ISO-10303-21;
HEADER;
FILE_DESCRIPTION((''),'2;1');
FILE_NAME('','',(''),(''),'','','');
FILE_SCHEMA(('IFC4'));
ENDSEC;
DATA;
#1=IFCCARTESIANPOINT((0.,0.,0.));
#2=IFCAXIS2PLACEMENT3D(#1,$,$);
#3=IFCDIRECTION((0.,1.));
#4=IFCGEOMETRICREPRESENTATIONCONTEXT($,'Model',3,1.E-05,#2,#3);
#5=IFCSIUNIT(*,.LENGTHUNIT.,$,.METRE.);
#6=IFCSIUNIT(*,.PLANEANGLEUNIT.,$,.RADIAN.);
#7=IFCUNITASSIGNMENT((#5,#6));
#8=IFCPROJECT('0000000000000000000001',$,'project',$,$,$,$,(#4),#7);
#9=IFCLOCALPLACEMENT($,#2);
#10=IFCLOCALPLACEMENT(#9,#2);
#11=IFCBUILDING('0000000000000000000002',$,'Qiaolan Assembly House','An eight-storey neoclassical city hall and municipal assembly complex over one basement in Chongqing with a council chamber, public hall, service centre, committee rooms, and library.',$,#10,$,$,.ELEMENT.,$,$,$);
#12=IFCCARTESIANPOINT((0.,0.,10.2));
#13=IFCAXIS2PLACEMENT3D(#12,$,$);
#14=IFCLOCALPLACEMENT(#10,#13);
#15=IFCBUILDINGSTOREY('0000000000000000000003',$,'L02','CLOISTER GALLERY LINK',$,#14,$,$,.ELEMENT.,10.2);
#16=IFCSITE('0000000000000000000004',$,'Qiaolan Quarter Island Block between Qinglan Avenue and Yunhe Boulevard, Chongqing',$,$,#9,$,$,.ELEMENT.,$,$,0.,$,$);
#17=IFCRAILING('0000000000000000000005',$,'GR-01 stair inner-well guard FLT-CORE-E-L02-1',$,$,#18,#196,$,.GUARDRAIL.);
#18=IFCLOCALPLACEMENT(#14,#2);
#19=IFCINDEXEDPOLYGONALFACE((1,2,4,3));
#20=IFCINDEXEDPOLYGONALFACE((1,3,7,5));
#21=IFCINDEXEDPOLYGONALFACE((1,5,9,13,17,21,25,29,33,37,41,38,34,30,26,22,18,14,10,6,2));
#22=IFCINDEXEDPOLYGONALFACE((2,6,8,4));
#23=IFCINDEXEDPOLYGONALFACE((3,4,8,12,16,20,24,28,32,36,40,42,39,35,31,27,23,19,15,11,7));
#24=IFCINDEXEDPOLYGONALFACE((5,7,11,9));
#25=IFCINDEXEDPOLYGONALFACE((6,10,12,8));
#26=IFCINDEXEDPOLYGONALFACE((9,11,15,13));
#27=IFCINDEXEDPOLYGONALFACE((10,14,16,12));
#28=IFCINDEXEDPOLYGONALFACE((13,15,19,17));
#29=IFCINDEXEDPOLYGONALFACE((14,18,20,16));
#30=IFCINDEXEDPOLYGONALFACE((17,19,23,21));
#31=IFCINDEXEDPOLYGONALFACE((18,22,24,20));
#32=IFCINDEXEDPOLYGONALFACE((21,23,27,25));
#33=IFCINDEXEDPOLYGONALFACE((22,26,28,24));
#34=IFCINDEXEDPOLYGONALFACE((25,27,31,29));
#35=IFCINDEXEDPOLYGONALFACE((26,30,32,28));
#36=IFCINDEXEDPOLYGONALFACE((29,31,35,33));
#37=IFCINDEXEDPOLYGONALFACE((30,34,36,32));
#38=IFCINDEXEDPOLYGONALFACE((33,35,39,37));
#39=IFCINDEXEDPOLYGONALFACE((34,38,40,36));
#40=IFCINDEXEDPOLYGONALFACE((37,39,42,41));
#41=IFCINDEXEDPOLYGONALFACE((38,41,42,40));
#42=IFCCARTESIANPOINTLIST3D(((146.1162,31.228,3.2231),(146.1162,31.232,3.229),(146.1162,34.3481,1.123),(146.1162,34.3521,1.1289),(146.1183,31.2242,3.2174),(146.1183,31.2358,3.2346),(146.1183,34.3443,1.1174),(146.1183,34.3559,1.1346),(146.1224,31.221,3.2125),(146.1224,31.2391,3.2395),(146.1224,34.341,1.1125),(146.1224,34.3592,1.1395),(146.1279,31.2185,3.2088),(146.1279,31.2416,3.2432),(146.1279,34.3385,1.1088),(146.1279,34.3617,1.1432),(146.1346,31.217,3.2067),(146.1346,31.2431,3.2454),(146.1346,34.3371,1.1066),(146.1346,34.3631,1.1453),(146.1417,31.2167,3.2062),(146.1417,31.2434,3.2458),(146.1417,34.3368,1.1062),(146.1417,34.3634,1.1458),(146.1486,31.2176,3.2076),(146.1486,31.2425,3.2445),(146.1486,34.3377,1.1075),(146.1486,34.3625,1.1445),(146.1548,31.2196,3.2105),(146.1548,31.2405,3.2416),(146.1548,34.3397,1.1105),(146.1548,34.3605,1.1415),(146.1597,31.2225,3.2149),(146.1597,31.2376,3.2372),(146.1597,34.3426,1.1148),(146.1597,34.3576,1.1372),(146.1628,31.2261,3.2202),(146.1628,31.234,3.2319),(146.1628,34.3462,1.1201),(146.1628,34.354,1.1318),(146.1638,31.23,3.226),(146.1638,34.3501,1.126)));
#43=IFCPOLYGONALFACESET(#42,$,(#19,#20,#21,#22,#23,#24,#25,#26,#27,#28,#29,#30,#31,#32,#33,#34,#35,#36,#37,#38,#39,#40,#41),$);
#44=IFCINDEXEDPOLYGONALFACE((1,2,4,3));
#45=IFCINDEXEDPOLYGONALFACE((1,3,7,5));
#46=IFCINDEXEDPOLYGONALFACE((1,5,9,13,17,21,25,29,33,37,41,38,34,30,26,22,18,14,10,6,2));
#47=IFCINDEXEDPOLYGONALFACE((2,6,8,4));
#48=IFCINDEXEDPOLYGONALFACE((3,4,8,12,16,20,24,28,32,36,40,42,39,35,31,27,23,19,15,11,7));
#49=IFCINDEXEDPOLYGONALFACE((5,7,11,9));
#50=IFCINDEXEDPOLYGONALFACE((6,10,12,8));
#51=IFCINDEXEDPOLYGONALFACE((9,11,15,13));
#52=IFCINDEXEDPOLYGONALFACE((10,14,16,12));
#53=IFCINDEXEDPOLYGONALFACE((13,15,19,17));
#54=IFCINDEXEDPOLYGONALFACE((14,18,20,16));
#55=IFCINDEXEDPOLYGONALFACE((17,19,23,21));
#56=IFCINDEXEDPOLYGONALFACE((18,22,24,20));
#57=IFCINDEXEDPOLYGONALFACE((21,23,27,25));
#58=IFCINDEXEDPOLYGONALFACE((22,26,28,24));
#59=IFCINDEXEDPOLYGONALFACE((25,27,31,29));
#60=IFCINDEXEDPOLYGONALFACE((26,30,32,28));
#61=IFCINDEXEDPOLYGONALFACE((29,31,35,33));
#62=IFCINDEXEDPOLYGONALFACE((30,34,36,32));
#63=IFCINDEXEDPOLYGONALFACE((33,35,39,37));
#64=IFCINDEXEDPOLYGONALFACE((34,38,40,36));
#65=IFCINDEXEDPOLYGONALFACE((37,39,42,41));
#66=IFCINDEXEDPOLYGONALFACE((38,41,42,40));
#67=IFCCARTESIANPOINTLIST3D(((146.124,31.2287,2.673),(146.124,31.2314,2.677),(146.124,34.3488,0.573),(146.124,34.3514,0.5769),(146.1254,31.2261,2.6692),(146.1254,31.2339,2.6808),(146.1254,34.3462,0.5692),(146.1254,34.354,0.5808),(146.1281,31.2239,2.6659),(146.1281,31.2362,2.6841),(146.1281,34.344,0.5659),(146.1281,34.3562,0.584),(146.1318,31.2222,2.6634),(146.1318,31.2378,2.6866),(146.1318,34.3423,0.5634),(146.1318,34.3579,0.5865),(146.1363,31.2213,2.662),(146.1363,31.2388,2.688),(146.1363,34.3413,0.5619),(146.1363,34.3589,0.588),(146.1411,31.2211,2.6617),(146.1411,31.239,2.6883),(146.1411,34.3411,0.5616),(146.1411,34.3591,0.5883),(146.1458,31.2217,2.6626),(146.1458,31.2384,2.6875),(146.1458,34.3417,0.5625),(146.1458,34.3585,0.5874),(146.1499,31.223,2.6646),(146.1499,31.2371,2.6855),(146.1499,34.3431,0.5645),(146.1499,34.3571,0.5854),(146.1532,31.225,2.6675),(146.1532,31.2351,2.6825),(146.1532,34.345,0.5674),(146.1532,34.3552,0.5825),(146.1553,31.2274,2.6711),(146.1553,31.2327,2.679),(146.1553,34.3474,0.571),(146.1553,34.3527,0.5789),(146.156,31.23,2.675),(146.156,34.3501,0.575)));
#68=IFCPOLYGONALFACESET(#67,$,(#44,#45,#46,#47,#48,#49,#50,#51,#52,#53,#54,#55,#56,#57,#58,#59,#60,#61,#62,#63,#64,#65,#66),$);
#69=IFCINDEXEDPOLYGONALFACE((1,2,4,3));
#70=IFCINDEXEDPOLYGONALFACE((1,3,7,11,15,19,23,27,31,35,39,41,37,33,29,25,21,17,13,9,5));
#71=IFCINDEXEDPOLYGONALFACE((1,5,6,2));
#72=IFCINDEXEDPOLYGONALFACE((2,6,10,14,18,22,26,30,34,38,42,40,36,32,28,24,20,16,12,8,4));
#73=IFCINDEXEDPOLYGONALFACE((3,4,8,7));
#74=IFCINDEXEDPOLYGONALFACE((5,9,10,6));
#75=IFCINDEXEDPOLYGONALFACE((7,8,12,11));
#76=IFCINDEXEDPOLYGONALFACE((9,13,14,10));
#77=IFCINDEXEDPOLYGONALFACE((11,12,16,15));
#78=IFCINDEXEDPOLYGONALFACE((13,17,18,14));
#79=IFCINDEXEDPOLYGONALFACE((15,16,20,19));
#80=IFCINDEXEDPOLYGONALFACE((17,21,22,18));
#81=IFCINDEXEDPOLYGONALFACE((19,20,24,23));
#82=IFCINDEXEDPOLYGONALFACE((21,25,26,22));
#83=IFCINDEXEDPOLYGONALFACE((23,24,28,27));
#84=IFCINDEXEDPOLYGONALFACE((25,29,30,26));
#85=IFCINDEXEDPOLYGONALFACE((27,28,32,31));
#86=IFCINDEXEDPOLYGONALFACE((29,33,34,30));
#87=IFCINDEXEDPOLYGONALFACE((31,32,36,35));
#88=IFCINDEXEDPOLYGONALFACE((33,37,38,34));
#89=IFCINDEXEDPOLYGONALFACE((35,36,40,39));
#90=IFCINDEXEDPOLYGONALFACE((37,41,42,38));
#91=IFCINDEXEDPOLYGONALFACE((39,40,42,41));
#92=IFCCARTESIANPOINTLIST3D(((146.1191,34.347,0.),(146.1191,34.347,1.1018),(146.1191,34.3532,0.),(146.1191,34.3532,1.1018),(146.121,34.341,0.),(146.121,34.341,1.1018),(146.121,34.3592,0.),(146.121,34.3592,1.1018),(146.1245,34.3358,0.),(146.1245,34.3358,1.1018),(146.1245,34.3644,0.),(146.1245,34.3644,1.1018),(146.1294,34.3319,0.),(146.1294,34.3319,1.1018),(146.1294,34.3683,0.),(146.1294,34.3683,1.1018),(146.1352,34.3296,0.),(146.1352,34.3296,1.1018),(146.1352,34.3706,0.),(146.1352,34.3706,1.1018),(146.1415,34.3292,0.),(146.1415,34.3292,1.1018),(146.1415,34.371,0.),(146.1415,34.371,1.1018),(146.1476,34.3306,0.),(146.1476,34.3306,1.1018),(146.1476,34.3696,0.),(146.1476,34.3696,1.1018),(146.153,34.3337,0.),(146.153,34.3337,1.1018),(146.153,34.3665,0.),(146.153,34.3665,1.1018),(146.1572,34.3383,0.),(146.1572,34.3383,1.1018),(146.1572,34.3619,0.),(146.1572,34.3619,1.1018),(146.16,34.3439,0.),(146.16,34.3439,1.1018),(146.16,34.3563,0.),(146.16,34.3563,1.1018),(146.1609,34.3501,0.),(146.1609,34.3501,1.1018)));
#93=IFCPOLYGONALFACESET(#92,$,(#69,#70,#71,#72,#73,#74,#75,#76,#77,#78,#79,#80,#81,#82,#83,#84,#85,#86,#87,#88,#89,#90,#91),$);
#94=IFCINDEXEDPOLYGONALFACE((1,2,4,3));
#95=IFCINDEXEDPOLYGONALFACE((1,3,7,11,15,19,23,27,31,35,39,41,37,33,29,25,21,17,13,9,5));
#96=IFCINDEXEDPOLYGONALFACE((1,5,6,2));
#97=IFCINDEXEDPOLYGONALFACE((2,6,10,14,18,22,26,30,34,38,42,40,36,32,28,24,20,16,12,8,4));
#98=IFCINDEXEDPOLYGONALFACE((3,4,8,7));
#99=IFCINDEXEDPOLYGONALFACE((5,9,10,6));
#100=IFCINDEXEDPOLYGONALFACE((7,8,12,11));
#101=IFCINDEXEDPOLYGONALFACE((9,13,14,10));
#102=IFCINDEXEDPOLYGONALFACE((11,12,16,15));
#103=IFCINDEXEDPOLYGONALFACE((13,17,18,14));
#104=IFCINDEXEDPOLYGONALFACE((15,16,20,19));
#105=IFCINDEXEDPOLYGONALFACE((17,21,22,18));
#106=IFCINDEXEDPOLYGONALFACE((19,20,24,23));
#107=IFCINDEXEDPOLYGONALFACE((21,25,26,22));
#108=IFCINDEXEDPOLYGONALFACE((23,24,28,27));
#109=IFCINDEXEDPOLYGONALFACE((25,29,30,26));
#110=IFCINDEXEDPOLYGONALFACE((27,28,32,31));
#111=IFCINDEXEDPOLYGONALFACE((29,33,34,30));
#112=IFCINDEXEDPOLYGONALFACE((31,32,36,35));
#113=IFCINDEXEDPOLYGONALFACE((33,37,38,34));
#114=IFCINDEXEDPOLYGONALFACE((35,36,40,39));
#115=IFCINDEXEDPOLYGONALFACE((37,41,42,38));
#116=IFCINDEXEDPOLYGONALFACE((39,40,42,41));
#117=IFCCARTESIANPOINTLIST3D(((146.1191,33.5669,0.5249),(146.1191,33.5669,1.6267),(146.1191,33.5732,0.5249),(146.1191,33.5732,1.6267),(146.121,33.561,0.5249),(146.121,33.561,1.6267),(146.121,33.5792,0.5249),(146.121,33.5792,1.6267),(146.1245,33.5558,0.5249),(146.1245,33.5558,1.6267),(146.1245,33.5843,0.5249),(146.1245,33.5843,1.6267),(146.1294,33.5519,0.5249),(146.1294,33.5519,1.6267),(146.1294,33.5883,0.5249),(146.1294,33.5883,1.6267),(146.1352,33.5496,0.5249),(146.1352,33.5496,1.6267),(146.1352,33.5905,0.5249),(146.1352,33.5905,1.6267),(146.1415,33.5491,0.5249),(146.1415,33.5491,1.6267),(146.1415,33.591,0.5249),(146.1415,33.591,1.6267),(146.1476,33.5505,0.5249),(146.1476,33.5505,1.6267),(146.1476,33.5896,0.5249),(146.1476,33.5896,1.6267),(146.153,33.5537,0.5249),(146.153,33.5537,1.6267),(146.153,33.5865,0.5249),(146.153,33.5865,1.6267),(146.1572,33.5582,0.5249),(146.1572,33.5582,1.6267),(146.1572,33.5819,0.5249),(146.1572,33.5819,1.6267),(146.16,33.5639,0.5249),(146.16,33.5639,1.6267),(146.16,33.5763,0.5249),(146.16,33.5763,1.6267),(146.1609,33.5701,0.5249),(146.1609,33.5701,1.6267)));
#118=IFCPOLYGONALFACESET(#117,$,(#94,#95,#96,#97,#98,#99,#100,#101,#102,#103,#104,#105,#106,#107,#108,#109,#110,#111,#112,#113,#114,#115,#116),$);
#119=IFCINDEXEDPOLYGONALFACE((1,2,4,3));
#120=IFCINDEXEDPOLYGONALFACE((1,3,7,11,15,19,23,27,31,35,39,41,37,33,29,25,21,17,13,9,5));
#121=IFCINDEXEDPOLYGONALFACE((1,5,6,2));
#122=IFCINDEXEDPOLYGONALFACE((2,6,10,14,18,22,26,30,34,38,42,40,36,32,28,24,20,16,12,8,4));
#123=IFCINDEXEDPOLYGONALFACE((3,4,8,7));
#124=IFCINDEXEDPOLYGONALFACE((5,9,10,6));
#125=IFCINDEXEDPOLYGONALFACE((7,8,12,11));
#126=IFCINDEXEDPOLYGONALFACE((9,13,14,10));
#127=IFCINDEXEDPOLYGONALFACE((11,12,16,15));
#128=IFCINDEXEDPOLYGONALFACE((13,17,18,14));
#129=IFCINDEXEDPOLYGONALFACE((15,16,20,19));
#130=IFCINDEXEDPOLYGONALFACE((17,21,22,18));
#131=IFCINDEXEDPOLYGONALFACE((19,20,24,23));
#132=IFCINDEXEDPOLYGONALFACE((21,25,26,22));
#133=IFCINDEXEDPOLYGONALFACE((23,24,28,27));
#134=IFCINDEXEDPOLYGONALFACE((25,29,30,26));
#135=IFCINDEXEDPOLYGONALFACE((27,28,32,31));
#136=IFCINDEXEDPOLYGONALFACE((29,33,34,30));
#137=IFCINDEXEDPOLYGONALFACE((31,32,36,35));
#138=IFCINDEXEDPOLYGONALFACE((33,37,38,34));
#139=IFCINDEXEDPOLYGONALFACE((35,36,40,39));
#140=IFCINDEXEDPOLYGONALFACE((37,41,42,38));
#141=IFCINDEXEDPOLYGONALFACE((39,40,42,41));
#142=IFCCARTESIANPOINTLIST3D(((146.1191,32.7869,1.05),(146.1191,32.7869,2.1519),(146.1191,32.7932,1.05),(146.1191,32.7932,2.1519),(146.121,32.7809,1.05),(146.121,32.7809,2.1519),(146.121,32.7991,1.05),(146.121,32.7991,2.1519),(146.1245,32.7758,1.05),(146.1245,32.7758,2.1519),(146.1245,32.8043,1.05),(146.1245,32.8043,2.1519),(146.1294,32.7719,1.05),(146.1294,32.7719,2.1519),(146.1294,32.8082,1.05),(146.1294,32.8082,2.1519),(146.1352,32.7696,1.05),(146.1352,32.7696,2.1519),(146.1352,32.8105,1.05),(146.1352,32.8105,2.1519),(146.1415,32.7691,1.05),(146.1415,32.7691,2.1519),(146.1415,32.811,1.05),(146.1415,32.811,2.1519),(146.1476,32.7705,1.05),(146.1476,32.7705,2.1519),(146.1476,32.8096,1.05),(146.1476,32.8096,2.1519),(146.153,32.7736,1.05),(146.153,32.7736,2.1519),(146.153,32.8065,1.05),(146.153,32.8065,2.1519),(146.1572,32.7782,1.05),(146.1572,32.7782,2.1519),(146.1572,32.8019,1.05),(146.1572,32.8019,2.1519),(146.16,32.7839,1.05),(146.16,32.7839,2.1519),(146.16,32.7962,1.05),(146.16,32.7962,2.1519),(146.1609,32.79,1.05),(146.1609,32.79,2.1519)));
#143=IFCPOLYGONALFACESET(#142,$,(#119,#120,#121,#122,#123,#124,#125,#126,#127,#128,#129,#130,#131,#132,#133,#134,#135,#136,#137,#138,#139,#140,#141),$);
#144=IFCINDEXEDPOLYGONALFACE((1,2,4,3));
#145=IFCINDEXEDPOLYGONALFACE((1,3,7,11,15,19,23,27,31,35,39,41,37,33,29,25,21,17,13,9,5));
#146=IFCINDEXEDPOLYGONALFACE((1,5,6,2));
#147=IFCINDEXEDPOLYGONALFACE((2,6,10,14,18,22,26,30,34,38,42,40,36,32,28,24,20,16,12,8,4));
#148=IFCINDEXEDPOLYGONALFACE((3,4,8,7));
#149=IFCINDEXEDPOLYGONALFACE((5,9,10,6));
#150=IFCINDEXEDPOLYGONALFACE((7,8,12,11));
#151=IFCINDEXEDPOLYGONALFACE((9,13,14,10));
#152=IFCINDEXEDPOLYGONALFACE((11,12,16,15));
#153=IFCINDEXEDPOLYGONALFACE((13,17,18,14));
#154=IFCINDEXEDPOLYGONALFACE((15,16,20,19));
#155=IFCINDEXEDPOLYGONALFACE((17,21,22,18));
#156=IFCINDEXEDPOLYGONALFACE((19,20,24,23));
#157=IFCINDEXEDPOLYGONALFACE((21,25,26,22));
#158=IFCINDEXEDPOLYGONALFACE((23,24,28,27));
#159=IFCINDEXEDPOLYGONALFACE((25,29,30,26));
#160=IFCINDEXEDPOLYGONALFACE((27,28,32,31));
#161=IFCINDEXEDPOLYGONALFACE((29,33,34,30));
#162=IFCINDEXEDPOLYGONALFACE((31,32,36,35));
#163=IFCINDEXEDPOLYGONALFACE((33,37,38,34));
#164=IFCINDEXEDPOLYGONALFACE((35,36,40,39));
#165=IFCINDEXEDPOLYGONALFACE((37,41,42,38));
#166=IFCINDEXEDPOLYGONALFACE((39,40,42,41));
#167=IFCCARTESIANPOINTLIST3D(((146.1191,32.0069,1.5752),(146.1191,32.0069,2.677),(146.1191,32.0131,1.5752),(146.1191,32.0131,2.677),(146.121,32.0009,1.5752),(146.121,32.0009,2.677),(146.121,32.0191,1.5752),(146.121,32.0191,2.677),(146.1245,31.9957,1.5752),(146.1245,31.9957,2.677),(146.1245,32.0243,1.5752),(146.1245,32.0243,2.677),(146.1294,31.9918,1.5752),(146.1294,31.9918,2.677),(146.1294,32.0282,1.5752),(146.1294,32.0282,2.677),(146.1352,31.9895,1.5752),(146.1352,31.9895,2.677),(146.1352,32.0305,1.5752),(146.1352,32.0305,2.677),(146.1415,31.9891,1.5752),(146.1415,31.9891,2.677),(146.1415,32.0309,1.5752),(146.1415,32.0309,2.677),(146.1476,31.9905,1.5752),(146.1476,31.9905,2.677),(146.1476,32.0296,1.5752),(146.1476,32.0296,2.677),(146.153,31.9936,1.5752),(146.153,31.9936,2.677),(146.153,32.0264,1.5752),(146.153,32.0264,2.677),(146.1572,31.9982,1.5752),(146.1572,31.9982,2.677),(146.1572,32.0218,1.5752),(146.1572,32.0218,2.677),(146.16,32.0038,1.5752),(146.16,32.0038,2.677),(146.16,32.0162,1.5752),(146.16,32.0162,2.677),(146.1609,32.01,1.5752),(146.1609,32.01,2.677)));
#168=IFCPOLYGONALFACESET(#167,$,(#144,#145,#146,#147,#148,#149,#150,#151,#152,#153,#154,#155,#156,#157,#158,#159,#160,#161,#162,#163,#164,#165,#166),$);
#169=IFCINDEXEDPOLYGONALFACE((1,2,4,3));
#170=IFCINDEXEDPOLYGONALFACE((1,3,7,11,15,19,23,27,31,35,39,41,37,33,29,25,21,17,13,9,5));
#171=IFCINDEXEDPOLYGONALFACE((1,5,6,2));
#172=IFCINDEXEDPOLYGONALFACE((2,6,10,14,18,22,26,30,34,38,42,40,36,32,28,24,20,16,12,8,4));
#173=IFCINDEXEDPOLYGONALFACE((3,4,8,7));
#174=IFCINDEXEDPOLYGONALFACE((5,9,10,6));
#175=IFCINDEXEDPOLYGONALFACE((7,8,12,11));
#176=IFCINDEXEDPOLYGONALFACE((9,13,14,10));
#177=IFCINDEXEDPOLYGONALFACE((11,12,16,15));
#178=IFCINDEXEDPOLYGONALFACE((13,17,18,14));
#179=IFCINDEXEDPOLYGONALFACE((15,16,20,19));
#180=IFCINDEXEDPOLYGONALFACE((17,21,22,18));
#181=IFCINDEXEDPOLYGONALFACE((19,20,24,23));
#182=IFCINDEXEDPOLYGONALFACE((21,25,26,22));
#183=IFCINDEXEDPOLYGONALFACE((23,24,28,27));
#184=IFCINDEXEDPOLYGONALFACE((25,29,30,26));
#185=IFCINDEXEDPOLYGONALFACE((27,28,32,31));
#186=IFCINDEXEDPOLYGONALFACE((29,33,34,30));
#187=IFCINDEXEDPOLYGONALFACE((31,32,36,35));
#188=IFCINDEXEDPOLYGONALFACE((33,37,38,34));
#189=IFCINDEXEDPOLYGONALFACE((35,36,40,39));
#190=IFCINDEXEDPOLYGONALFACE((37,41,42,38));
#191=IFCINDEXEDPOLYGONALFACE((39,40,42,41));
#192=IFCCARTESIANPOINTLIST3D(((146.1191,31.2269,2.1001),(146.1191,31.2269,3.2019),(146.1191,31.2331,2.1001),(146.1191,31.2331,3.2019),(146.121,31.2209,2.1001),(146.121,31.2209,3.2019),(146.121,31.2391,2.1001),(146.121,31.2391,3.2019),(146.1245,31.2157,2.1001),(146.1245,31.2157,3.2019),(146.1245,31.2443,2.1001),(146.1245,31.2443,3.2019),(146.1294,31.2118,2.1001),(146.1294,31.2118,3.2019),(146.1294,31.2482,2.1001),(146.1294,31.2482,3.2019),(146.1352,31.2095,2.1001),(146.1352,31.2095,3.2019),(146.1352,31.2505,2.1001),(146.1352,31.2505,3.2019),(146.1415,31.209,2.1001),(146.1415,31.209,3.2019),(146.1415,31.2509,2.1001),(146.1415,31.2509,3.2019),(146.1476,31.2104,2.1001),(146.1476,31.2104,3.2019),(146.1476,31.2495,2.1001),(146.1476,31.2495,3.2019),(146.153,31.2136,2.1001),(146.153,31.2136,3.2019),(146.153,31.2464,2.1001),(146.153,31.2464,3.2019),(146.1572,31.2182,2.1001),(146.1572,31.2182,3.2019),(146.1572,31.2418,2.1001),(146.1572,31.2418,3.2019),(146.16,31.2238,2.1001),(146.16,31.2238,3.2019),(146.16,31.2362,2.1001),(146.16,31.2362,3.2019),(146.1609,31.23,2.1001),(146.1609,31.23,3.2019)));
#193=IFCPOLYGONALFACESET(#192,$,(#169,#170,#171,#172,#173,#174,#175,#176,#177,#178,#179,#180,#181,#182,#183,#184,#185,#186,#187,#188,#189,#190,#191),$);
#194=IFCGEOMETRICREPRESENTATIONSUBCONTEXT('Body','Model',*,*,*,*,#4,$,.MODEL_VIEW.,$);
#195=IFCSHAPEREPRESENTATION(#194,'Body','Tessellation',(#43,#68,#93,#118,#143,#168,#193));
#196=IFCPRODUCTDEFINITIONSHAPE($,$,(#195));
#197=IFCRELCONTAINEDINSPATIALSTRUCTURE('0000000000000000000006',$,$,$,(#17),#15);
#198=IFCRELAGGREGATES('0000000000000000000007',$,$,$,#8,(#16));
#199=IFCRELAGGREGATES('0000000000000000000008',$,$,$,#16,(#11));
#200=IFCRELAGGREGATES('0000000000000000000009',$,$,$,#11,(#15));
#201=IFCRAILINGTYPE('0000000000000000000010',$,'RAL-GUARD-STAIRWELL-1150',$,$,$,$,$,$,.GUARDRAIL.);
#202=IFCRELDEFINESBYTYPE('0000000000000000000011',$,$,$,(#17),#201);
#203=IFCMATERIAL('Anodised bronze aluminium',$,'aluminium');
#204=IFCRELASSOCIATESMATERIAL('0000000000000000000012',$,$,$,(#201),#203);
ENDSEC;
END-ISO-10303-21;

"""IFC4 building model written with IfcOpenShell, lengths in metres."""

from ifc_helpers import new_model, si_unit, direction, frame, origin, origin_2d, place, context, subcontext, project, spatial, circle, extrude, material, type_object, element, save


model = new_model("IFC4")

# Units and contexts
model_context = context("Model", 3, precision=1e-05, world=origin(), true_north=direction((0.0, 1.0)))
body_context = subcontext(model_context, "Body", "Model", "MODEL_VIEW")
ifc_project = project(units=[si_unit("LENGTHUNIT", "METRE"), si_unit("PLANEANGLEUNIT", "RADIAN")], contexts=[model_context])

# Site, building, storey
site_placement = place(None, origin())
site = spatial("IfcSite", under=ifc_project, at=site_placement, Name="Qiaolan Quarter Island Block between Qinglan Avenue and Yunhe Boulevard, Chongqing", CompositionType="ELEMENT", RefElevation=0.0)
building_placement = place(site_placement, origin())
building = spatial("IfcBuilding", under=site, at=building_placement, Name="Qiaolan Assembly House", Description="An eight-storey neoclassical city hall and municipal assembly complex over one basement in Chongqing with a council chamber, public hall, service centre, committee rooms, and library.", CompositionType="ELEMENT")
storey_placement = place(building_placement, frame((0.0, 0.0, 10.2)))
storey = spatial("IfcBuildingStorey", under=building, at=storey_placement, Name="L02", Description="CLOISTER GALLERY LINK", CompositionType="ELEMENT", Elevation=10.2)

# Shared definitions
ifc_material_1 = material(Name="Anodised bronze aluminium", Category="aluminium")

# Railing
railing_type_1 = type_object("IfcRailingType", Name="RAL-GUARD-STAIRWELL-1150", PredefinedType="GUARDRAIL", material=ifc_material_1)
railing_1_placement = place(storey_placement, frame((146.1399, 34.3501, 0.0)))
element("IfcRailing", 1, at=railing_1_placement, inside=storey, type_object=railing_type_1, Name="GR-01 stair inner-well guard FLT-CORE-E-L02-1", PredefinedType="GUARDRAIL", context=body_context, shape_type="SweptSolid", body=[
    extrude(circle(Radius=0.0239, at=origin_2d()), frame((0.0, 0.0, 1.126), z_axis=(0.0, -0.829585, 0.55838), x_axis=(1.0, 0.0, 0.0)), (0.0, 0.0, 1.0), 3.761),
    extrude(circle(Radius=0.0161, at=origin_2d()), frame((0.0, 0.0, 0.575), z_axis=(0.0, -0.829585, 0.55838), x_axis=(1.0, 0.0, 0.0)), (0.0, 0.0, 1.0), 3.761),
    extrude(circle(Radius=0.021, at=origin_2d()), origin(), (0.0, 0.0, 1.0), 1.1018),
    extrude(circle(Radius=0.021, at=origin_2d()), frame((0.0, -0.78, 0.5249)), (0.0, 0.0, 1.0), 1.1018),
    extrude(circle(Radius=0.021, at=origin_2d()), frame((0.0, -1.5601, 1.05)), (0.0, 0.0, 1.0), 1.1018),
    extrude(circle(Radius=0.021, at=origin_2d()), frame((0.0, -2.3401, 1.5752)), (0.0, 0.0, 1.0), 1.1018),
    extrude(circle(Radius=0.021, at=origin_2d()), frame((0.0, -3.1201, 2.1001)), (0.0, 0.0, 1.0), 1.1018),
])

save(model, "model.ifc")
